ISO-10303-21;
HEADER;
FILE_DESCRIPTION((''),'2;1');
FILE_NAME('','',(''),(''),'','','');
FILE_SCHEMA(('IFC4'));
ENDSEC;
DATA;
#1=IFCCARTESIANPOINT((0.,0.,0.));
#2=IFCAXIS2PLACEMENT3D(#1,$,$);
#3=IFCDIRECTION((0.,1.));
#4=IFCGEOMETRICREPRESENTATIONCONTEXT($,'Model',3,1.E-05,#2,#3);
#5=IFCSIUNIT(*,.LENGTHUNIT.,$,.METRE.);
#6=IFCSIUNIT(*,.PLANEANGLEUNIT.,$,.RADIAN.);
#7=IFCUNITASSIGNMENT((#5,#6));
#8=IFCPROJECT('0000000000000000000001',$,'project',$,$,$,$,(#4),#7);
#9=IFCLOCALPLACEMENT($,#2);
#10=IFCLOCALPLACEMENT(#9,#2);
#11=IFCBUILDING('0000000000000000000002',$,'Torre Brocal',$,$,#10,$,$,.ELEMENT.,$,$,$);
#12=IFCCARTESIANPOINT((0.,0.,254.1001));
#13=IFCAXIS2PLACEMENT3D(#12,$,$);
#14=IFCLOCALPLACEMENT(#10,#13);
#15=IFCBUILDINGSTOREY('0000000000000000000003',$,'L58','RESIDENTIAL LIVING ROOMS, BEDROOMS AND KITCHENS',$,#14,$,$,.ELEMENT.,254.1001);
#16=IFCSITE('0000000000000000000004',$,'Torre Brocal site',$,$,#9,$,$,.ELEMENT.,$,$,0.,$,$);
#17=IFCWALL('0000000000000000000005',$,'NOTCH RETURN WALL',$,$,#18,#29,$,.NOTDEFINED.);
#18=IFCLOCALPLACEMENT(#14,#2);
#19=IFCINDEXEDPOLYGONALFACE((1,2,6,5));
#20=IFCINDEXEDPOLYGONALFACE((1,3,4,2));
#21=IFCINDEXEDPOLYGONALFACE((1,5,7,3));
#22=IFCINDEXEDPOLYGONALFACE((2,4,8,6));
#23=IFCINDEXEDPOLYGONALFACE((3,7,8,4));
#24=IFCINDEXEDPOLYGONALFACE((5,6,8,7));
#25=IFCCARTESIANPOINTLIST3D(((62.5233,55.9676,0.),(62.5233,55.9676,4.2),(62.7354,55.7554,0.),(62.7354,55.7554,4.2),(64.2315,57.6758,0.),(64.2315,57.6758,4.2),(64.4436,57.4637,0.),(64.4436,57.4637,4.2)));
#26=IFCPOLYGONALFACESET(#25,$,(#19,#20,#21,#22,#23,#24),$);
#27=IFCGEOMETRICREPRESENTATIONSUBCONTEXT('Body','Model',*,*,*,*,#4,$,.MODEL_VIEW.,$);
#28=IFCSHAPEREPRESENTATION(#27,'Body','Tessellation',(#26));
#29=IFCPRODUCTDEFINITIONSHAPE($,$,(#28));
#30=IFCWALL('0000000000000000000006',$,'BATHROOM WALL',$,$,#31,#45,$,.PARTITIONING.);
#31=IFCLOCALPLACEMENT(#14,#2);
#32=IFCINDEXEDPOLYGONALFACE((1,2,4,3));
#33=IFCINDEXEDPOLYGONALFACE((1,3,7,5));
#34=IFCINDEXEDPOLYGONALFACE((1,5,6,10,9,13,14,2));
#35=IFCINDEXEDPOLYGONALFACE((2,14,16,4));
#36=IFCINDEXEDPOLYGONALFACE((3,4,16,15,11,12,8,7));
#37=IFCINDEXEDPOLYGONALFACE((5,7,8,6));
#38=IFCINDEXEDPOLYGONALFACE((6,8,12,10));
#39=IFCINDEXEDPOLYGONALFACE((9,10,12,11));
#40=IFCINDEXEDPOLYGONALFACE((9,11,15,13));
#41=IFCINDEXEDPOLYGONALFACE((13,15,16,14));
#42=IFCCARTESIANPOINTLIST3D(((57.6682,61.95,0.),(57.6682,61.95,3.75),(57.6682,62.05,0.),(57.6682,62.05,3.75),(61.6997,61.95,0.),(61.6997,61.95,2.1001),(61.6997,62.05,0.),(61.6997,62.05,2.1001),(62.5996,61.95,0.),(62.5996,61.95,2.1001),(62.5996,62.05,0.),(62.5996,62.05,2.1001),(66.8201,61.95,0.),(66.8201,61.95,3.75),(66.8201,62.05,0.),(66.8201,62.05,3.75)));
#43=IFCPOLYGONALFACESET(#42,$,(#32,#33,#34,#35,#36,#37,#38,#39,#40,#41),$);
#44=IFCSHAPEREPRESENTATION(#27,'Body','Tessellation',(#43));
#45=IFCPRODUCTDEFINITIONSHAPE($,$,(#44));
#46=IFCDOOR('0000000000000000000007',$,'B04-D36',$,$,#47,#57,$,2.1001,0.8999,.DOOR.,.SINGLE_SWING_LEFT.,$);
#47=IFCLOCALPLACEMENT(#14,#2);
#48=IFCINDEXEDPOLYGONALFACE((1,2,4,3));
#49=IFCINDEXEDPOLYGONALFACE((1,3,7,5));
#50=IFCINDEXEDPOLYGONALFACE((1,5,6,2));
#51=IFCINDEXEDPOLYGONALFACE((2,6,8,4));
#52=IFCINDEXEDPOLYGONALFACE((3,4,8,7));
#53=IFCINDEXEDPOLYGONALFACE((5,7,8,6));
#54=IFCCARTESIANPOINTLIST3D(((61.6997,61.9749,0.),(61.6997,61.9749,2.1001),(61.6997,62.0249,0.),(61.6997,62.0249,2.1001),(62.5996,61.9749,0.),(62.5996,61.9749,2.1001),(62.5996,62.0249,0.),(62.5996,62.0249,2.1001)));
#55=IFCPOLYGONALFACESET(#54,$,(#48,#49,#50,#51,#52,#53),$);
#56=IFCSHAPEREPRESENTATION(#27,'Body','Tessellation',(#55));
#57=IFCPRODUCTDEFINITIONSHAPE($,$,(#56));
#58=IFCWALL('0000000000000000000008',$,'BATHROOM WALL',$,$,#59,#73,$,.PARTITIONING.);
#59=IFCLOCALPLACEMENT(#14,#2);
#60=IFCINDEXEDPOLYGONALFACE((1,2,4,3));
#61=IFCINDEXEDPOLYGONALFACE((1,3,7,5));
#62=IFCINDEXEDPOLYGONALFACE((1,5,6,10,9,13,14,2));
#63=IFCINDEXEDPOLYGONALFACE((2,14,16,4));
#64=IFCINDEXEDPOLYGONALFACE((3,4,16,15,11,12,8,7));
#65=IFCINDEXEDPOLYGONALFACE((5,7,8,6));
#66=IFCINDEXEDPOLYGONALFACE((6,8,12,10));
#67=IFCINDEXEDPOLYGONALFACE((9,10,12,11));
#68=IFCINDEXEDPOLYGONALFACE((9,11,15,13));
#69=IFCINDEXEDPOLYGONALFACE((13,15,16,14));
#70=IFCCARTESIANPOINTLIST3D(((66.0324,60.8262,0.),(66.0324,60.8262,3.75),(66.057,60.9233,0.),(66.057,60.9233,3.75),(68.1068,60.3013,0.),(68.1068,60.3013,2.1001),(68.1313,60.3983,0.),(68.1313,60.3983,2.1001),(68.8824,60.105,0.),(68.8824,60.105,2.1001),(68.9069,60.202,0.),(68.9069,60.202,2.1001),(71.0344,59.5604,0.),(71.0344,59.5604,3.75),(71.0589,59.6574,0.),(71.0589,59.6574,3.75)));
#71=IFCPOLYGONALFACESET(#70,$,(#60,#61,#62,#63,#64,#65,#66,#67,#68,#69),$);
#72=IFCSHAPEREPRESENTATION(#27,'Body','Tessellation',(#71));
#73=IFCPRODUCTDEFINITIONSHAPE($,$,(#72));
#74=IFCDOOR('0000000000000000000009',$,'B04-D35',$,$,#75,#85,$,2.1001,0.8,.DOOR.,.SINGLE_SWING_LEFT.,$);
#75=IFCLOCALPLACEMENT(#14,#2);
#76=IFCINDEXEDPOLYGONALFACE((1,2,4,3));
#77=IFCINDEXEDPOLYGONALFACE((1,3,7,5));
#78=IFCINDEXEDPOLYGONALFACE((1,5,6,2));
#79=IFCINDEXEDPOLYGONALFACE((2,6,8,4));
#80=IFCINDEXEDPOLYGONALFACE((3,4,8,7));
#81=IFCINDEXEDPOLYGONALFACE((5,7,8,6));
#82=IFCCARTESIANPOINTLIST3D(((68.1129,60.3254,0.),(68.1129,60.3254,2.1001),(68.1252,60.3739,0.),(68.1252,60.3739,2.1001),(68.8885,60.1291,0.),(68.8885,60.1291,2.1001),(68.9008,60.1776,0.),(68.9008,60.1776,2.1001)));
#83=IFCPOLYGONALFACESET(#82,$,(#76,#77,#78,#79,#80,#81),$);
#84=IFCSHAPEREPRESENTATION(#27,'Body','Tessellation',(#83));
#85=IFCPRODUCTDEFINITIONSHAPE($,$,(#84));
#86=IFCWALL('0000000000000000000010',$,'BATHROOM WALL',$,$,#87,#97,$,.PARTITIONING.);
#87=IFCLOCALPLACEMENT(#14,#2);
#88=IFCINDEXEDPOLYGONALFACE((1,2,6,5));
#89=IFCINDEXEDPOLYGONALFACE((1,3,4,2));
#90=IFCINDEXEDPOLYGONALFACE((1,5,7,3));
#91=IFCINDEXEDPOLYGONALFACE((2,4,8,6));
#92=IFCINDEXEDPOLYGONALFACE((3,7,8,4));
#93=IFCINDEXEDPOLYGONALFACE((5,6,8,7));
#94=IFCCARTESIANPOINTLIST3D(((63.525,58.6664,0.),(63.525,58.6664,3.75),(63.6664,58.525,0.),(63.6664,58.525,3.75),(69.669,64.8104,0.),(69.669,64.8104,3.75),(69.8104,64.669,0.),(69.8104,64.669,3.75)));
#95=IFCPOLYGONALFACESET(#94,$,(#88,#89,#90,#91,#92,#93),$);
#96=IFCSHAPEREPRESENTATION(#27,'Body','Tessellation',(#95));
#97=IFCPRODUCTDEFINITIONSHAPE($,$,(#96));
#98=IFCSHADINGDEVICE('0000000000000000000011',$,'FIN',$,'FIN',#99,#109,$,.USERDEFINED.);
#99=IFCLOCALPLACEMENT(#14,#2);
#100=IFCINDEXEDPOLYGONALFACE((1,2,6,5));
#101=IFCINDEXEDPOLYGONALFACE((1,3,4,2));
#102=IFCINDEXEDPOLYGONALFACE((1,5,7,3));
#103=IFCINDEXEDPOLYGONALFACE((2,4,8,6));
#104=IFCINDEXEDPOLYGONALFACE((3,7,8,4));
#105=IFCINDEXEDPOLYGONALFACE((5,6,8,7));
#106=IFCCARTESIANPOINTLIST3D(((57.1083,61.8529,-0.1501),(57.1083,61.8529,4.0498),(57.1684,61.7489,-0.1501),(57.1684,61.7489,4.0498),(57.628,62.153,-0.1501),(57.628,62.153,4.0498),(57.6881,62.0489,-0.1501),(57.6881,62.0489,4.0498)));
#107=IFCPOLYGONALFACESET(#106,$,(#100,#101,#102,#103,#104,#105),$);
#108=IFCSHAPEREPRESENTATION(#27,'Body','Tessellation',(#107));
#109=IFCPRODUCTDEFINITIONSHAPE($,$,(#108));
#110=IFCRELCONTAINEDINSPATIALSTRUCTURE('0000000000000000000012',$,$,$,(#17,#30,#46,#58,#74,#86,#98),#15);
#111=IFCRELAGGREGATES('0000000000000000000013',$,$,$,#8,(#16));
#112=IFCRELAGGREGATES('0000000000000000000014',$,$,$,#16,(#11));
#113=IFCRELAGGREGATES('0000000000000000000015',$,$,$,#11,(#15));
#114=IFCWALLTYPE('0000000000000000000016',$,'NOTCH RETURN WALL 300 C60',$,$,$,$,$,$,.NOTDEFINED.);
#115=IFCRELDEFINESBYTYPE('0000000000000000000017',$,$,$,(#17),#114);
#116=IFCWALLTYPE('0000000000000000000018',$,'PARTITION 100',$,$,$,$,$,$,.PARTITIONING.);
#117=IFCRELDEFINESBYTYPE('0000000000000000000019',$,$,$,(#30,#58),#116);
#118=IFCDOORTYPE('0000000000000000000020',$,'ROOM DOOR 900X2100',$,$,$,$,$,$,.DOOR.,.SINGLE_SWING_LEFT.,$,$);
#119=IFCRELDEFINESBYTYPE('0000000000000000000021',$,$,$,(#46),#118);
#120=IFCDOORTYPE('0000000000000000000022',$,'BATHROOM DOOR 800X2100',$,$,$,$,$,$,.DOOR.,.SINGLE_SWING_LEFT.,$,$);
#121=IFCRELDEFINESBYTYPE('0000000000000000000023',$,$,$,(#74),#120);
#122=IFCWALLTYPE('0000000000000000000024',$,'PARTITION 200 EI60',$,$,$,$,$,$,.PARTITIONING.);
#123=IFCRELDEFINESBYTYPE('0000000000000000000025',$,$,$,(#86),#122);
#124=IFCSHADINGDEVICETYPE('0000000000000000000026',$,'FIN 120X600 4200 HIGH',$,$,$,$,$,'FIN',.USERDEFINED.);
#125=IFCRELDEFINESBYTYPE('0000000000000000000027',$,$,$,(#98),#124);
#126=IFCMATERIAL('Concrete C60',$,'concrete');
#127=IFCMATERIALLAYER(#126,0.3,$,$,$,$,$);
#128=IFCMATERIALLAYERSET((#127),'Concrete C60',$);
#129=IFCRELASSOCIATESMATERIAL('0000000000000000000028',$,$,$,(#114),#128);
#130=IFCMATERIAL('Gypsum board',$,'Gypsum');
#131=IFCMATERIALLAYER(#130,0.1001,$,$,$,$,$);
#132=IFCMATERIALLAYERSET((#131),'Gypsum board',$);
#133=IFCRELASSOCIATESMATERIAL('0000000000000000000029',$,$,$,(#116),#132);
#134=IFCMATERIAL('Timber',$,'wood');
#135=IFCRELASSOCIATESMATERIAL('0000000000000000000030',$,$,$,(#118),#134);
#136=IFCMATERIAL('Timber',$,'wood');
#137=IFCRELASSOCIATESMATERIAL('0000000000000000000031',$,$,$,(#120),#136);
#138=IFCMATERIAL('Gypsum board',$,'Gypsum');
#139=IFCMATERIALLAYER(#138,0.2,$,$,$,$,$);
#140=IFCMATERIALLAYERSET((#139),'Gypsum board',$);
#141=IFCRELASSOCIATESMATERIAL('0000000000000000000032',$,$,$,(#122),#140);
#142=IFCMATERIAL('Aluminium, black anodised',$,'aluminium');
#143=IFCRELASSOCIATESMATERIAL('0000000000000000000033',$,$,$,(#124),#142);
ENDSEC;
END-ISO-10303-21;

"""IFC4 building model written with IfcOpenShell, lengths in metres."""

from ifc_helpers import new_model, si_unit, direction, frame, frame_2d, origin, origin_2d, place, context, subcontext, project, spatial, rectangle, extrude, material, layer, layer_set, material_profile, profile_set, type_object, element, fill, save


model = new_model("IFC4")

# Units and contexts
model_context = context("Model", 3, precision=1e-05, world=origin(), true_north=direction((0.0, 1.0)))
body_context = subcontext(model_context, "Body", "Model", "MODEL_VIEW")
ifc_project = project(units=[si_unit("LENGTHUNIT", "METRE"), si_unit("PLANEANGLEUNIT", "RADIAN")], contexts=[model_context])

# Site, building, storey
site_placement = place(None, origin())
site = spatial("IfcSite", under=ifc_project, at=site_placement, Name="Torre Brocal site", CompositionType="ELEMENT", RefElevation=0.0)
building_placement = place(site_placement, origin())
building = spatial("IfcBuilding", under=site, at=building_placement, Name="Torre Brocal", CompositionType="ELEMENT")
storey_placement = place(building_placement, frame((0.0, 0.0, 254.1001)))
storey = spatial("IfcBuildingStorey", under=building, at=storey_placement, Name="L58", Description="RESIDENTIAL LIVING ROOMS, BEDROOMS AND KITCHENS", CompositionType="ELEMENT", Elevation=254.1001)

# Wall
ifc_material_1 = material(Name="Concrete C60", Category="concrete")
ifc_layer_1 = layer(ifc_material_1, 0.3)
ifc_layer_set_1 = layer_set([ifc_layer_1], Name="Concrete C60")
wall_type_1 = type_object("IfcWallType", Name="NOTCH RETURN WALL 300 C60", PredefinedType="NOTDEFINED", material=ifc_layer_set_1)
for number, where, z_axis, x_axis, name in (
    (1, (64.3376, 57.5698, 0.0), (0.0, 0.0, 1.0), (-0.707107, -0.707107, 0.0), "NOTCH RETURN WALL"),
):
    element("IfcWall", number, at=place(storey_placement, frame(where, z_axis=z_axis, x_axis=x_axis)), inside=storey, type_object=wall_type_1, Name=name, PredefinedType="NOTDEFINED", context=body_context, shape_type="SweptSolid", body=[
        extrude(rectangle(XDim=2.4158, YDim=0.3, at=frame_2d((1.208, 0.0))), origin(), (0.0, 0.0, 1.0), 4.2),
    ])

# Walls, openings, doors
ifc_material_2 = material(Name="Gypsum board", Category="Gypsum")
ifc_layer_2 = layer(ifc_material_2, 0.1001)
ifc_layer_set_2 = layer_set([ifc_layer_2], Name="Gypsum board")
wall_type_2 = type_object("IfcWallType", Name="PARTITION 100", PredefinedType="PARTITIONING", material=ifc_layer_set_2)
wall_1_placement = place(storey_placement, frame((57.6682, 62.0, 0.0), z_axis=(0.0, 0.0, 1.0), x_axis=(1.0, 0.0, 0.0)))
wall_1 = element("IfcWall", 2, at=wall_1_placement, inside=storey, type_object=wall_type_2, Name="BATHROOM WALL", PredefinedType="PARTITIONING", context=body_context, shape_type="SweptSolid", body=[
    extrude(rectangle(XDim=9.1519, YDim=0.1001, at=frame_2d((4.5759, 0.0))), origin(), (0.0, 0.0, 1.0), 3.75),
])
opening_1_placement = place(wall_1_placement, frame((4.0315, 0.0, 0.0)))
opening_1 = element("IfcOpeningElement", 3, at=opening_1_placement, cuts=wall_1, PredefinedType="OPENING", context=body_context, shape_type="SweptSolid", body=[
    extrude(rectangle(XDim=0.8999, YDim=2.1001, at=frame_2d((0.45, 1.05))), frame((0.0, 0.0601, 0.0), z_axis=(0.0, -1.0, 0.0), x_axis=(1.0, 0.0, 0.0)), (0.0, 0.0, 1.0), 0.1201),
])
ifc_material_3 = material(Name="Timber", Category="wood")
door_type_1 = type_object("IfcDoorType", Name="ROOM DOOR 900X2100", OperationType="SINGLE_SWING_LEFT", PredefinedType="DOOR", material=ifc_material_3)
door_1_placement = place(opening_1_placement, origin())
door_1 = element("IfcDoor", 4, at=door_1_placement, inside=storey, type_object=door_type_1, Name="B04-D36", OperationType="SINGLE_SWING_LEFT", OverallHeight=2.1001, OverallWidth=0.8999, PredefinedType="DOOR", context=body_context, shape_type="SweptSolid", body=[
    extrude(rectangle(XDim=0.8999, YDim=2.1001, at=frame_2d((0.45, 1.05))), frame((0.0, 0.0249, 0.0), z_axis=(0.0, -1.0, 0.0), x_axis=(1.0, 0.0, 0.0)), (0.0, 0.0, 1.0), 0.05),
])
fill(opening_1, door_1)
wall_2_placement = place(storey_placement, frame((66.0447, 60.8748, 0.0), z_axis=(0.0, 0.0, 1.0), x_axis=(0.969437, -0.24534, 0.0)))
wall_2 = element("IfcWall", 5, at=wall_2_placement, inside=storey, type_object=wall_type_2, Name="BATHROOM WALL", PredefinedType="PARTITIONING", context=body_context, shape_type="SweptSolid", body=[
    extrude(rectangle(XDim=5.1597, YDim=0.1001, at=frame_2d((2.5798, 0.0))), origin(), (0.0, 0.0, 1.0), 3.75),
])
opening_2_placement = place(wall_2_placement, frame((2.1399, 0.0, 0.0)))
opening_2 = element("IfcOpeningElement", 6, at=opening_2_placement, cuts=wall_2, PredefinedType="OPENING", context=body_context, shape_type="SweptSolid", body=[
    extrude(rectangle(XDim=0.8, YDim=2.1001, at=frame_2d((0.3999, 1.05))), frame((0.0, 0.0601, 0.0), z_axis=(0.0, -1.0, 0.0), x_axis=(1.0, 0.0, 0.0)), (0.0, 0.0, 1.0), 0.1201),
])
ifc_material_4 = material(Name="Timber", Category="wood")
door_type_2 = type_object("IfcDoorType", Name="BATHROOM DOOR 800X2100", OperationType="SINGLE_SWING_LEFT", PredefinedType="DOOR", material=ifc_material_4)
door_2_placement = place(opening_2_placement, origin())
door_2 = element("IfcDoor", 7, at=door_2_placement, inside=storey, type_object=door_type_2, Name="B04-D35", OperationType="SINGLE_SWING_LEFT", OverallHeight=2.1001, OverallWidth=0.8, PredefinedType="DOOR", context=body_context, shape_type="SweptSolid", body=[
    extrude(rectangle(XDim=0.8, YDim=2.1001, at=frame_2d((0.3999, 1.05))), frame((0.0, 0.0249, 0.0), z_axis=(0.0, -1.0, 0.0), x_axis=(1.0, 0.0, 0.0)), (0.0, 0.0, 1.0), 0.05),
])
fill(opening_2, door_2)

# Wall
ifc_material_5 = material(Name="Gypsum board", Category="Gypsum")
ifc_layer_3 = layer(ifc_material_5, 0.2)
ifc_layer_set_3 = layer_set([ifc_layer_3], Name="Gypsum board")
wall_type_3 = type_object("IfcWallType", Name="PARTITION 200 EI60", PredefinedType="PARTITIONING", material=ifc_layer_set_3)
wall_3_placement = place(storey_placement, frame((63.5957, 58.5957, 0.0), z_axis=(0.0, 0.0, 1.0), x_axis=(0.707107, 0.707107, 0.0)))
element("IfcWall", 8, at=wall_3_placement, inside=storey, type_object=wall_type_3, Name="BATHROOM WALL", PredefinedType="PARTITIONING", context=body_context, shape_type="SweptSolid", body=[
    extrude(rectangle(XDim=8.689, YDim=0.2, at=frame_2d((4.3445, 0.0))), origin(), (0.0, 0.0, 1.0), 3.75),
])

# Shading device
ifc_material_6 = material(Name="Aluminium, black anodised", Category="aluminium")
ifc_material_profile_1 = material_profile(ifc_material_6, rectangle(XDim=0.1201, YDim=0.6001, at=origin_2d()), Name="FIN 120X600 4200 HIGH")
ifc_profile_set_1 = profile_set([ifc_material_profile_1], Name="Aluminium, black anodised")
shading_device_type = type_object("IfcShadingDeviceType", Name="FIN 120X600 4200 HIGH", ElementType="FIN", PredefinedType="USERDEFINED", material=ifc_profile_set_1)
shading_device_placement = place(storey_placement, frame((57.3982, 61.9509, -0.1501), z_axis=(0.0, 0.0, 1.0), x_axis=(0.5, -0.866025, 0.0)))
element("IfcShadingDevice", 9, at=shading_device_placement, inside=storey, type_object=shading_device_type, Name="FIN", ObjectType="FIN", PredefinedType="USERDEFINED", context=body_context, shape_type="SweptSolid", body=[
    extrude(rectangle(XDim=0.1201, YDim=0.6001, at=origin_2d()), origin(), (0.0, 0.0, 1.0), 4.2),
])

save(model, "model.ifc")
